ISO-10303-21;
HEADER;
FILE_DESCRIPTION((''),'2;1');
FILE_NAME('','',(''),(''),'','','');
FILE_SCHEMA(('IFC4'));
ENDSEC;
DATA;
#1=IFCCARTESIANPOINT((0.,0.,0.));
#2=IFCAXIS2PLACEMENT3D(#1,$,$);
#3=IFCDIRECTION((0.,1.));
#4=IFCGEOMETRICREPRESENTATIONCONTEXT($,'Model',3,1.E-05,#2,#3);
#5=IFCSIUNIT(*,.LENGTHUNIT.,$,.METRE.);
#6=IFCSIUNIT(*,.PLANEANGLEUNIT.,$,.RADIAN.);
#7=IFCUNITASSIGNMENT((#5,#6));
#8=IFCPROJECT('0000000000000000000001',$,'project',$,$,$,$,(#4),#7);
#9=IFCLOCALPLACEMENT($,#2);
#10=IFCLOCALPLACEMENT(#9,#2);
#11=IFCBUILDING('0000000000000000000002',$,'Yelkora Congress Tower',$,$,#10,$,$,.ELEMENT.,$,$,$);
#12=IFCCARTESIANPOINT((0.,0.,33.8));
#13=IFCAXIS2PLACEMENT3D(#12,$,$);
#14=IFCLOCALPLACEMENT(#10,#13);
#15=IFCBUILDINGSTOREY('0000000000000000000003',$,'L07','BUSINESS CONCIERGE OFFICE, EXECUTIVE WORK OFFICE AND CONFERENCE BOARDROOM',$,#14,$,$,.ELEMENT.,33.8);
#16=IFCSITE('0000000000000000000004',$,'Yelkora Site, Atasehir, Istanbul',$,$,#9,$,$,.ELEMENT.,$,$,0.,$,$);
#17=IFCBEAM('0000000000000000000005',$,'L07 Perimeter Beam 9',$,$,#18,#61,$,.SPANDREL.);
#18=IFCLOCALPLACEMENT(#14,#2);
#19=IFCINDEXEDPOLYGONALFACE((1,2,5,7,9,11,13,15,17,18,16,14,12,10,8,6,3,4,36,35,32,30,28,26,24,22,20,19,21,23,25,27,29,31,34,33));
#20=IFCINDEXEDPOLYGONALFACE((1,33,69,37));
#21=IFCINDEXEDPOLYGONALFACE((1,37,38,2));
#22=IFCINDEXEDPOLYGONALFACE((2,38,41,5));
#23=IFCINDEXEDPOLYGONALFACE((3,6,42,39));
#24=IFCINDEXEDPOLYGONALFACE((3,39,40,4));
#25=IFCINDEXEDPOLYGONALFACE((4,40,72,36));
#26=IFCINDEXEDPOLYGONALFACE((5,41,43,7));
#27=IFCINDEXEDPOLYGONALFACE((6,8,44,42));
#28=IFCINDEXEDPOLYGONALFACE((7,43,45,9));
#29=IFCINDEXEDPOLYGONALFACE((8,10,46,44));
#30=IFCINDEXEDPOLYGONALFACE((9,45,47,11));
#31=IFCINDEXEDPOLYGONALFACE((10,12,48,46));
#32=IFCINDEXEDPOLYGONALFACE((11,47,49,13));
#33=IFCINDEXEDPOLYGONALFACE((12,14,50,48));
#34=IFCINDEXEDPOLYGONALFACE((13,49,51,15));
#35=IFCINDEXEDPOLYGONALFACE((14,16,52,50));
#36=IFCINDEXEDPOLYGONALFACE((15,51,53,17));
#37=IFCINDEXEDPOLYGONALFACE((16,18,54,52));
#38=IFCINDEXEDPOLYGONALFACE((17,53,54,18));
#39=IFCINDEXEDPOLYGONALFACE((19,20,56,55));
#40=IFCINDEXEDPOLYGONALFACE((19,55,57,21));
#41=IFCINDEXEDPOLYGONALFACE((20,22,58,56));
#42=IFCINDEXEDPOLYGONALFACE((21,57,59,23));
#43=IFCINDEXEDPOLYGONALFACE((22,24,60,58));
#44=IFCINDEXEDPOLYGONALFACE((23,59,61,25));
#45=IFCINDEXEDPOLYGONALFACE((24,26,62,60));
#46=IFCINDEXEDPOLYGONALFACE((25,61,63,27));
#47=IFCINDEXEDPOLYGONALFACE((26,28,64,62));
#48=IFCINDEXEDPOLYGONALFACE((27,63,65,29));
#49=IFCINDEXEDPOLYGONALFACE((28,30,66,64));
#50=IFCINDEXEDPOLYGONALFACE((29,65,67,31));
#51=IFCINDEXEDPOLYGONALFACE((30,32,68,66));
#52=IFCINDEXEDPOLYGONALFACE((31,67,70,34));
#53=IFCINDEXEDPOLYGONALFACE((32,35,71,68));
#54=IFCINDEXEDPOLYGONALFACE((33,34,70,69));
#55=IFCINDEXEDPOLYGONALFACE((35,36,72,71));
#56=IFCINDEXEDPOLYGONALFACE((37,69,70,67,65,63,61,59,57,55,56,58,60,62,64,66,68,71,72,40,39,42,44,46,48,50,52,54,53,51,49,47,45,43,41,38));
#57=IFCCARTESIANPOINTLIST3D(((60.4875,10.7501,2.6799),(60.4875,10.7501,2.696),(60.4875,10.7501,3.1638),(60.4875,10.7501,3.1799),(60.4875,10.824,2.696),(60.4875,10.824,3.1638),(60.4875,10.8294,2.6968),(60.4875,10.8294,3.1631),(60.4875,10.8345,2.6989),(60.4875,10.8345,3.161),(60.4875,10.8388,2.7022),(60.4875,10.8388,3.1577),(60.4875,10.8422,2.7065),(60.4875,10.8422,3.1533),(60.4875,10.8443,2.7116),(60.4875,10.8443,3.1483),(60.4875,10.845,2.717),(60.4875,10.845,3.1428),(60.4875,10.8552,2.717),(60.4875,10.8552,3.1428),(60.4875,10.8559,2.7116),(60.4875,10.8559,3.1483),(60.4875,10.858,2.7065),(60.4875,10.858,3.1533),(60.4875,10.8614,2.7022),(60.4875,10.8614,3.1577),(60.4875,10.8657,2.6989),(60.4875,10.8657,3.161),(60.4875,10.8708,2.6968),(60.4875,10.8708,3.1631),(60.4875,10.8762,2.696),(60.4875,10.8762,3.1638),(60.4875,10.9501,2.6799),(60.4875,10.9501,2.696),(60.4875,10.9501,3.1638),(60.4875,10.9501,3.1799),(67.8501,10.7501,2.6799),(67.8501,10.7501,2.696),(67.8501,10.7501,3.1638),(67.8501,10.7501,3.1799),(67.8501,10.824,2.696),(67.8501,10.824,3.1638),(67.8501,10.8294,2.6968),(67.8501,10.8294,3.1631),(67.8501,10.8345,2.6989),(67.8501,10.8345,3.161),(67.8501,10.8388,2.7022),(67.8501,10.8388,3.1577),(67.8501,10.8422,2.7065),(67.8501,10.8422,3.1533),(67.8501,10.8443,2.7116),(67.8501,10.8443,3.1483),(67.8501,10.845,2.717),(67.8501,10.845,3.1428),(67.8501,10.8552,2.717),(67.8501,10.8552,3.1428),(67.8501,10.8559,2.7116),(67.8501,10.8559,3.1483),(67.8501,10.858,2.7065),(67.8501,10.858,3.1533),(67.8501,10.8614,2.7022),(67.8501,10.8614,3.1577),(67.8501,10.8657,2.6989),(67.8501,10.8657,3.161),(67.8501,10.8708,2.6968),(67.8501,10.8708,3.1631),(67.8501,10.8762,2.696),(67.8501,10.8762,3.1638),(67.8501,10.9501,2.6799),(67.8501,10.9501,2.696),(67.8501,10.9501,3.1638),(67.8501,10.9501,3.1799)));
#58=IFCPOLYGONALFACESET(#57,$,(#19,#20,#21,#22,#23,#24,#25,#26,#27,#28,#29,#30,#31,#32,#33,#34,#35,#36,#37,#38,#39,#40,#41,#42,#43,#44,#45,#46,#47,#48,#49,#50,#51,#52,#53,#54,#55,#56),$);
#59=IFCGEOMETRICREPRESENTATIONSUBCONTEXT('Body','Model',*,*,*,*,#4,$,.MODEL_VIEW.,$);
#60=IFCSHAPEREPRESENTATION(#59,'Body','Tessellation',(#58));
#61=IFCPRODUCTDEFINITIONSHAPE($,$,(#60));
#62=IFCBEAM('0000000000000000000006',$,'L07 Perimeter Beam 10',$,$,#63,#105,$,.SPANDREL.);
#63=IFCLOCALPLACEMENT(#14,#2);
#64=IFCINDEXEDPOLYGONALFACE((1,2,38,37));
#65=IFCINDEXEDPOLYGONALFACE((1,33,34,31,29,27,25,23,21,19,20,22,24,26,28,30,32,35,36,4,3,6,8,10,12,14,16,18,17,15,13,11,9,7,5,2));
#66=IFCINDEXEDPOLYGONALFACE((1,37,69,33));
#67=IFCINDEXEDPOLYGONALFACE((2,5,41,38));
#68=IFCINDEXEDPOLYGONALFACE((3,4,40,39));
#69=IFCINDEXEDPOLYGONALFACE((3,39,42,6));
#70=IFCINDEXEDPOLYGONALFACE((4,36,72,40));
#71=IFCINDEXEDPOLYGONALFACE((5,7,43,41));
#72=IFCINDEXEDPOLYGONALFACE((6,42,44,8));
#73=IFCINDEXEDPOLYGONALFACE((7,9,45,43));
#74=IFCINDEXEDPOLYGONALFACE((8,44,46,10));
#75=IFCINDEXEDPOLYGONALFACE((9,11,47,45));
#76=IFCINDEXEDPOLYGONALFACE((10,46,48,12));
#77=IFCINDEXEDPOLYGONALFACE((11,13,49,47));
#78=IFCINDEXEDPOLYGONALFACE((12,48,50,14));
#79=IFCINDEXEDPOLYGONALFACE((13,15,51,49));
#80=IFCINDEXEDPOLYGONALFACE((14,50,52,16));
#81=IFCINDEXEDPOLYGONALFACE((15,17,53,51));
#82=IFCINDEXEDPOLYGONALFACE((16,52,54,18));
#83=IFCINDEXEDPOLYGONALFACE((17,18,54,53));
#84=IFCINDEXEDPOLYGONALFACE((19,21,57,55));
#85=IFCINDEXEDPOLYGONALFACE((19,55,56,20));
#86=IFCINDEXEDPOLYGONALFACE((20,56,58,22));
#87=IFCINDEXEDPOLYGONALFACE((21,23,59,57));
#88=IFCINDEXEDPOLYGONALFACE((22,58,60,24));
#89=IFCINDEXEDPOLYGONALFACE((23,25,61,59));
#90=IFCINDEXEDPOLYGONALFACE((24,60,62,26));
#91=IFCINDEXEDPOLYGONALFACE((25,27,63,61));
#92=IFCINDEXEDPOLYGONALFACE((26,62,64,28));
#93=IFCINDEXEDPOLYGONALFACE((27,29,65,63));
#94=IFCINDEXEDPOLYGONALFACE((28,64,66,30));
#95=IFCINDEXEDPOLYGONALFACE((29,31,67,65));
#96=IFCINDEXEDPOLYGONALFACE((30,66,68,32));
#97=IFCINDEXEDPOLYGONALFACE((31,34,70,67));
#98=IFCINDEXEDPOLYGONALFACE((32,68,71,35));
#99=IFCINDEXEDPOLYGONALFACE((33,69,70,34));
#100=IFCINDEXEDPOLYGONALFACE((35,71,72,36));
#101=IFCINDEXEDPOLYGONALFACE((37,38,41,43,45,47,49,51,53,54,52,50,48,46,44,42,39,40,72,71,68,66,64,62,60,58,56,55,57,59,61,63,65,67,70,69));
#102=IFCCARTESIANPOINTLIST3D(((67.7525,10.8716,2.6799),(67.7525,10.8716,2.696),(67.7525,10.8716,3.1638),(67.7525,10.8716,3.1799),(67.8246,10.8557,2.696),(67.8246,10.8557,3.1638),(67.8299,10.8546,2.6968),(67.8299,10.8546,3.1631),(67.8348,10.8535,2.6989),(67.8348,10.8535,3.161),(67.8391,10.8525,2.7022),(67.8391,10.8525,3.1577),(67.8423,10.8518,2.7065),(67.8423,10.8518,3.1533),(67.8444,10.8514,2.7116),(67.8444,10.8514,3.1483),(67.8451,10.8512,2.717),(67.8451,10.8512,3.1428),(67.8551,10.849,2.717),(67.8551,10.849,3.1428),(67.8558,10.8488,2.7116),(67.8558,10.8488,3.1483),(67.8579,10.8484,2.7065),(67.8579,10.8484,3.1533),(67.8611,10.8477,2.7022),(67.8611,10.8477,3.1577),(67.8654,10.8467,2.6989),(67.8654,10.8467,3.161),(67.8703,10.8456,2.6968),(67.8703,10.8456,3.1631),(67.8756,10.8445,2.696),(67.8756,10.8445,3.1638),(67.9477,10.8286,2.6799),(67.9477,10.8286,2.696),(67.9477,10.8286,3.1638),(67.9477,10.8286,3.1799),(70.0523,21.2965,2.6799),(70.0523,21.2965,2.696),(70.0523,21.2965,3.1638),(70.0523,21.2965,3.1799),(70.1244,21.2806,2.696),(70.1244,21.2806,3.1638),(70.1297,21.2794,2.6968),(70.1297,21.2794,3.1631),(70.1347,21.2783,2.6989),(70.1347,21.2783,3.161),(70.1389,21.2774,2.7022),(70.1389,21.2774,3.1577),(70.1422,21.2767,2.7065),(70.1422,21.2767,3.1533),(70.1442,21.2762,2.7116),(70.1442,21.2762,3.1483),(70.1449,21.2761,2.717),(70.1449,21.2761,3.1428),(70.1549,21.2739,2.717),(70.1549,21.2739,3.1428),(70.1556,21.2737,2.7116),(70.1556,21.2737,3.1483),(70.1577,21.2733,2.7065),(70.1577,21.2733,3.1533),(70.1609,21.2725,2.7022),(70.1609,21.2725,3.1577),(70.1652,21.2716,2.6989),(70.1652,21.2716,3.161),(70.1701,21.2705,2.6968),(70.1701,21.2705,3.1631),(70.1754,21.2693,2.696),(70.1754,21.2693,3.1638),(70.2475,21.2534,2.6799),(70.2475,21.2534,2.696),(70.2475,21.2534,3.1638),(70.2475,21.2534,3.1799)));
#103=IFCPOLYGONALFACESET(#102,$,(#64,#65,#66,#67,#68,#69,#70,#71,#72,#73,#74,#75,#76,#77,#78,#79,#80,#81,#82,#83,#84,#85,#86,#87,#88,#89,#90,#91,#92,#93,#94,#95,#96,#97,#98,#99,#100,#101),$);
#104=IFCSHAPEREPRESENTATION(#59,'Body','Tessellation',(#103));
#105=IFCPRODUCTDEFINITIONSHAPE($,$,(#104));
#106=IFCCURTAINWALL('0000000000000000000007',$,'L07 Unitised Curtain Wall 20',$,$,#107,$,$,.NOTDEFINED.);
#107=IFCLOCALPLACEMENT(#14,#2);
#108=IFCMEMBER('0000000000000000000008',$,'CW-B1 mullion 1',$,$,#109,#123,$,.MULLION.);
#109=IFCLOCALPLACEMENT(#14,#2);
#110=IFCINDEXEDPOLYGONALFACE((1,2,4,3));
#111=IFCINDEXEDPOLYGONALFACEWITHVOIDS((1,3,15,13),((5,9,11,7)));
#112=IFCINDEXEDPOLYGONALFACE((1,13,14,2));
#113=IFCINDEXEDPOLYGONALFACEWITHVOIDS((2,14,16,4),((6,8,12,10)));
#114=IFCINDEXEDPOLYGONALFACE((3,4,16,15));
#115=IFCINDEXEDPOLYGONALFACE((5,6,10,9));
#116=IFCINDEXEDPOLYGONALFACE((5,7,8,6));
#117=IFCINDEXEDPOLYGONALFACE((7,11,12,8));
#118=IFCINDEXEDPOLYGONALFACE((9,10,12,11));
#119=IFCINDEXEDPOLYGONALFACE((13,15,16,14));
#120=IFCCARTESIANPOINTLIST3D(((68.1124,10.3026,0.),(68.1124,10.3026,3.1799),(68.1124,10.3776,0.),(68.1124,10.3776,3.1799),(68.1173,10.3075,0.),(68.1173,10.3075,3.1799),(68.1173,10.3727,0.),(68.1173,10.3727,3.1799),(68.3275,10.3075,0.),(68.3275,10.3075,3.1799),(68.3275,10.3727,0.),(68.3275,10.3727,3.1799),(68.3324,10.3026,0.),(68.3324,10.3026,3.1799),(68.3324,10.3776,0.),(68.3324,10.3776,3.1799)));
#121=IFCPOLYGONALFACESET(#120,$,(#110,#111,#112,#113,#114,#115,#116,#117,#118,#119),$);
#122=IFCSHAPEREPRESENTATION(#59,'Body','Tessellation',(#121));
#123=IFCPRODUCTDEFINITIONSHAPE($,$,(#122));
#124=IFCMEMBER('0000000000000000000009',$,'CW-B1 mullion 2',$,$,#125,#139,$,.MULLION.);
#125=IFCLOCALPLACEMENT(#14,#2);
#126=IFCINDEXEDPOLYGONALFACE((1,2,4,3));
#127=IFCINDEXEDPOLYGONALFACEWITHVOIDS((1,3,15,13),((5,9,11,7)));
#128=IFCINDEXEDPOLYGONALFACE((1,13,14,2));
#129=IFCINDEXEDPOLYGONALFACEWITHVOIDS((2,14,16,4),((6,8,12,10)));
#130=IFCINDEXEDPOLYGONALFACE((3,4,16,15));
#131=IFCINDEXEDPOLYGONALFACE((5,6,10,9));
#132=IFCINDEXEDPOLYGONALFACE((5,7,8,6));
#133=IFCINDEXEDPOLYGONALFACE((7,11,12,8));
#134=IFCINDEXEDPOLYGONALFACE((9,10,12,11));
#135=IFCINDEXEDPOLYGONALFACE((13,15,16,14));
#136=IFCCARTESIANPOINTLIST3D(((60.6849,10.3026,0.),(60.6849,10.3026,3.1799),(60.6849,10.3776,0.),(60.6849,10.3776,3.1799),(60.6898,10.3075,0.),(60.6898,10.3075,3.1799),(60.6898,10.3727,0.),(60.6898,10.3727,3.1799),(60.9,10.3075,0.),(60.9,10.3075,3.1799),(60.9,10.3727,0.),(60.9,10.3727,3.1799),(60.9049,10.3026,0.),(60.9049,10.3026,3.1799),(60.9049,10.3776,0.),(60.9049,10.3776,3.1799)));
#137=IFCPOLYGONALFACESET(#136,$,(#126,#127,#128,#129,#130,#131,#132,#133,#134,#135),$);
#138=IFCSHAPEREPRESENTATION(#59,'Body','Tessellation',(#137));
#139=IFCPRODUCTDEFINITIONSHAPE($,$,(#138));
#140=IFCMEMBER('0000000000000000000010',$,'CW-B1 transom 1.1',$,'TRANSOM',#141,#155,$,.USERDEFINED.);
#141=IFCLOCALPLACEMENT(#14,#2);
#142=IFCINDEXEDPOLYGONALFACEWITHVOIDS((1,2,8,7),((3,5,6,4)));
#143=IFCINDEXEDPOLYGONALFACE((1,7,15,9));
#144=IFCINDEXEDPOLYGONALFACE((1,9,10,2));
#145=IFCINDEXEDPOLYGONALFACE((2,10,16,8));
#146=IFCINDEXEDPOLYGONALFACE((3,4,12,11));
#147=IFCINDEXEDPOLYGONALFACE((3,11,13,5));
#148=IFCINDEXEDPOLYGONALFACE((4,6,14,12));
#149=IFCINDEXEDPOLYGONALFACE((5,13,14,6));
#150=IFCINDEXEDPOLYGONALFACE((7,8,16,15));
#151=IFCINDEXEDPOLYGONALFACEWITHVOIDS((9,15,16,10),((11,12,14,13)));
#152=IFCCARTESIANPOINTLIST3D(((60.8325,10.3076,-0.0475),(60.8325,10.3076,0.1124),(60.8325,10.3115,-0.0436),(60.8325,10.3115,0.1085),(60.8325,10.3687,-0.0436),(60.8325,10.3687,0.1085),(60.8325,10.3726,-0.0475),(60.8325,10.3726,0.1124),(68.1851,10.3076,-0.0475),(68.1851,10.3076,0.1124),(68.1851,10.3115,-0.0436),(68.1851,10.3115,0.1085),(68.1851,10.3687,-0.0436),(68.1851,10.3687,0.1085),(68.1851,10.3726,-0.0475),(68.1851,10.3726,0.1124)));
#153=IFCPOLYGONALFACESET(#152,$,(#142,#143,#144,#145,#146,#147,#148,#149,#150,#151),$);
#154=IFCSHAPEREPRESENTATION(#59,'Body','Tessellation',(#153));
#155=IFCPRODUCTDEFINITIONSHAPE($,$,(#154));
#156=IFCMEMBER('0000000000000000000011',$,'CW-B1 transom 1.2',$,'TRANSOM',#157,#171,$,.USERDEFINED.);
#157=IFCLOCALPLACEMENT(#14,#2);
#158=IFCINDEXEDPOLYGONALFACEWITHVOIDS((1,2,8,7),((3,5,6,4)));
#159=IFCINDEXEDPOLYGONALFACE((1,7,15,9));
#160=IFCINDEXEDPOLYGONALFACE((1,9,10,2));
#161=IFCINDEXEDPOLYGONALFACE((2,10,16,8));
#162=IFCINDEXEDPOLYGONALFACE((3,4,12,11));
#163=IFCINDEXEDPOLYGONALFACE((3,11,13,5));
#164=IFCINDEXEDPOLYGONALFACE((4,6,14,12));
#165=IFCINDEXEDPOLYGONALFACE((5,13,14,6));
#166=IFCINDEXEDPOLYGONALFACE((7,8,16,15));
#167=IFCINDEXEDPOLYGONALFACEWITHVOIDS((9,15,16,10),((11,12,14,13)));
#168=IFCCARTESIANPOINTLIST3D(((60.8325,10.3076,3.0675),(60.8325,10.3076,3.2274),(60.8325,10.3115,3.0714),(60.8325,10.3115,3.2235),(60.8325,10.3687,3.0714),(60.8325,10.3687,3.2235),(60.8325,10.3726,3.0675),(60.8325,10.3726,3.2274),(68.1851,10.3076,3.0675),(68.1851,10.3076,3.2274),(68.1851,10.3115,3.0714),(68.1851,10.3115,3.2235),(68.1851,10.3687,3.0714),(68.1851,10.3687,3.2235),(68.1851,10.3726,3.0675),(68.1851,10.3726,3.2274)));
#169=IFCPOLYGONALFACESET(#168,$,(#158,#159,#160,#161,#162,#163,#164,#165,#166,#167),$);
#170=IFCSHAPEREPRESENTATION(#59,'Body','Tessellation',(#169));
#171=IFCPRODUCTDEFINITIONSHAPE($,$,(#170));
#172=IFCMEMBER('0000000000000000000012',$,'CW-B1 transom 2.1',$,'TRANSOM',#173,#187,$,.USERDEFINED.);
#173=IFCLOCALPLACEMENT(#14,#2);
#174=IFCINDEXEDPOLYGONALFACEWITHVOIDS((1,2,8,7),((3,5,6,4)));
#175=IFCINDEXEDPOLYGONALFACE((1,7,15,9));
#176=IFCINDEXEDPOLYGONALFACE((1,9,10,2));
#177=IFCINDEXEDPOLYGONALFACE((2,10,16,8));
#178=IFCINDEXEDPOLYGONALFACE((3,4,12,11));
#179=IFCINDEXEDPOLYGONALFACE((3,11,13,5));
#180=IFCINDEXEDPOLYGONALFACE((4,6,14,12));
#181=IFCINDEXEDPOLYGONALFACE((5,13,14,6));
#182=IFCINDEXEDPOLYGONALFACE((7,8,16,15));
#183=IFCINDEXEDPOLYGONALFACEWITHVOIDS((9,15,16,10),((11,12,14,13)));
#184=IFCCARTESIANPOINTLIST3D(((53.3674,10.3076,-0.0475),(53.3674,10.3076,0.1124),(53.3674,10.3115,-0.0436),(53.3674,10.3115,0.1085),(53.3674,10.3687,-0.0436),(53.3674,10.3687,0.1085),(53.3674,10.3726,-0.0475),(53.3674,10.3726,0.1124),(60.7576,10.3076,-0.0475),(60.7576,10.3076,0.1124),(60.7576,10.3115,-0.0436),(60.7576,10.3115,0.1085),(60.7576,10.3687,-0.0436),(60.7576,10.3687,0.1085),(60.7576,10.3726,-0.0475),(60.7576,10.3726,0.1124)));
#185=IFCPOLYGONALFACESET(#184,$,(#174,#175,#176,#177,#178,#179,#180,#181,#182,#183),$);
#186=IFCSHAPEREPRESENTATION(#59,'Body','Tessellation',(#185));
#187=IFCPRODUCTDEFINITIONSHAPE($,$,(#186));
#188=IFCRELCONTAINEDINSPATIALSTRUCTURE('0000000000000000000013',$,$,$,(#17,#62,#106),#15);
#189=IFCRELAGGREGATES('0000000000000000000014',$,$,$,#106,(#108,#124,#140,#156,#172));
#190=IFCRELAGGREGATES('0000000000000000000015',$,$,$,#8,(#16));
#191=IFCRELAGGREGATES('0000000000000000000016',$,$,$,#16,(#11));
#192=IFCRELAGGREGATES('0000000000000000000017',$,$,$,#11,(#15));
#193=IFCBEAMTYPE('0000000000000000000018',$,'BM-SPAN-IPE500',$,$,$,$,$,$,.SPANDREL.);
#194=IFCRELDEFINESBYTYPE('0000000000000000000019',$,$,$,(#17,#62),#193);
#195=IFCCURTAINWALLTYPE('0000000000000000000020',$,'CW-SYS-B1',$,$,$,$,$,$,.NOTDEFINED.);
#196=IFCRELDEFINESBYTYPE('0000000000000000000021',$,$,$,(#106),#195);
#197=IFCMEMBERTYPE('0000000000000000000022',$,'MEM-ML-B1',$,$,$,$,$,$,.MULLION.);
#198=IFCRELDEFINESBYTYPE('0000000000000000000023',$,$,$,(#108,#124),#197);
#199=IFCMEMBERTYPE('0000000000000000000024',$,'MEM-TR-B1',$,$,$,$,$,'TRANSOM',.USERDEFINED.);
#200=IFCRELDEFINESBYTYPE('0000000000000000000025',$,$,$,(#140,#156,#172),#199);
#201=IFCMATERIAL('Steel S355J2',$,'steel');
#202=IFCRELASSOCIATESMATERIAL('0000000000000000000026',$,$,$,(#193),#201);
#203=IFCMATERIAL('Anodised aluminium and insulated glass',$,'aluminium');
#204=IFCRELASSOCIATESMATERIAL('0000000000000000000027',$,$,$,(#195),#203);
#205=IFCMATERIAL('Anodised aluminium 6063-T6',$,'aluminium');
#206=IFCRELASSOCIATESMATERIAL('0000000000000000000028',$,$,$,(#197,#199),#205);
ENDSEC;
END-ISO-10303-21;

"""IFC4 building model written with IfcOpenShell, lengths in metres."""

from ifc_helpers import new_model, si_unit, direction, frame, origin, origin_2d, place, context, subcontext, project, spatial, hollow_rectangle, i_section, extrude, material, material_profile, profile_set, type_object, element, aggregate, save


model = new_model("IFC4")

# Units and contexts
model_context = context("Model", 3, precision=1e-05, world=origin(), true_north=direction((0.0, 1.0)))
body_context = subcontext(model_context, "Body", "Model", "MODEL_VIEW")
ifc_project = project(units=[si_unit("LENGTHUNIT", "METRE"), si_unit("PLANEANGLEUNIT", "RADIAN")], contexts=[model_context])

# Site, building, storey
site_placement = place(None, origin())
site = spatial("IfcSite", under=ifc_project, at=site_placement, Name="Yelkora Site, Atasehir, Istanbul", CompositionType="ELEMENT", RefElevation=0.0)
building_placement = place(site_placement, origin())
building = spatial("IfcBuilding", under=site, at=building_placement, Name="Yelkora Congress Tower", CompositionType="ELEMENT")
storey_placement = place(building_placement, frame((0.0, 0.0, 33.8)))
storey = spatial("IfcBuildingStorey", under=building, at=storey_placement, Name="L07", Description="BUSINESS CONCIERGE OFFICE, EXECUTIVE WORK OFFICE AND CONFERENCE BOARDROOM", CompositionType="ELEMENT", Elevation=33.8)

# Beams
ifc_material_1 = material(Name="Steel S355J2", Category="steel")
ifc_material_profile_1 = material_profile(ifc_material_1, i_section(OverallWidth=0.2, OverallDepth=0.5, WebThickness=0.0103, FlangeThickness=0.0161, FilletRadius=0.021, at=origin_2d()), Name="IPE 500")
ifc_profile_set_1 = profile_set([ifc_material_profile_1], Name="Steel S355J2")
beam_type_1 = type_object("IfcBeamType", Name="BM-SPAN-IPE500", PredefinedType="SPANDREL", material=ifc_profile_set_1)
beam_1_placement = place(storey_placement, frame((60.4875, 10.8501, 2.9299), z_axis=(1.0, 0.0, 0.0), x_axis=(0.0, 1.0, 0.0)))
element("IfcBeam", 1, at=beam_1_placement, inside=storey, type_object=beam_type_1, Name="L07 Perimeter Beam 9", PredefinedType="SPANDREL", context=body_context, shape_type="SweptSolid", body=[
    extrude(i_section(OverallWidth=0.2, OverallDepth=0.5, WebThickness=0.0103, FlangeThickness=0.0161, FilletRadius=0.021, at=origin_2d()), origin(), (0.0, 0.0, 1.0), 7.3625),
])
beam_2_placement = place(storey_placement, frame((67.8501, 10.8501, 2.9299), z_axis=(0.215429, 0.97652, 0.0), x_axis=(-0.97652, 0.215429, 0.0)))
element("IfcBeam", 2, at=beam_2_placement, inside=storey, type_object=beam_type_1, Name="L07 Perimeter Beam 10", PredefinedType="SPANDREL", context=body_context, shape_type="SweptSolid", body=[
    extrude(i_section(OverallWidth=0.2, OverallDepth=0.5, WebThickness=0.0103, FlangeThickness=0.0161, FilletRadius=0.021, at=origin_2d()), origin(), (0.0, 0.0, 1.0), 10.6755),
])

# Curtain wall, members
ifc_material_2 = material(Name="Anodised aluminium and insulated glass", Category="aluminium")
curtain_wall_type = type_object("IfcCurtainWallType", Name="CW-SYS-B1", PredefinedType="NOTDEFINED", material=ifc_material_2)
curtain_wall_placement = place(storey_placement, origin())
curtain_wall = element("IfcCurtainWall", 3, at=curtain_wall_placement, inside=storey, type_object=curtain_wall_type, Name="L07 Unitised Curtain Wall 20", PredefinedType="NOTDEFINED")
ifc_material_3 = material(Name="Anodised aluminium 6063-T6", Category="aluminium")
ifc_material_profile_2 = material_profile(ifc_material_3, hollow_rectangle(XDim=0.075, YDim=0.22, WallThickness=0.0049, at=origin_2d()), Name="ALU 75x220x5")
ifc_profile_set_2 = profile_set([ifc_material_profile_2], Name="Anodised aluminium 6063-T6")
member_type_1 = type_object("IfcMemberType", Name="MEM-ML-B1", PredefinedType="MULLION", material=ifc_profile_set_2)
member_1_placement = place(storey_placement, frame((68.2224, 10.3401, 0.0), z_axis=(0.0, 0.0, 1.0), x_axis=(0.0, -1.0, 0.0)))
member_1 = element("IfcMember", 4, at=member_1_placement, type_object=member_type_1, Name="CW-B1 mullion 1", PredefinedType="MULLION", context=body_context, shape_type="SweptSolid", body=[
    extrude(hollow_rectangle(XDim=0.075, YDim=0.22, WallThickness=0.0049, at=origin_2d()), origin(), (0.0, 0.0, 1.0), 3.1799),
])
member_2_placement = place(storey_placement, frame((60.7949, 10.3401, 0.0), z_axis=(0.0, 0.0, 1.0), x_axis=(0.0, -1.0, 0.0)))
member_2 = element("IfcMember", 5, at=member_2_placement, type_object=member_type_1, Name="CW-B1 mullion 2", PredefinedType="MULLION", context=body_context, shape_type="SweptSolid", body=[
    extrude(hollow_rectangle(XDim=0.075, YDim=0.22, WallThickness=0.0049, at=origin_2d()), origin(), (0.0, 0.0, 1.0), 3.1799),
])
ifc_material_profile_3 = material_profile(ifc_material_3, hollow_rectangle(XDim=0.0649, YDim=0.1599, WallThickness=0.0039, at=origin_2d()), Name="ALU 65x160x4")
ifc_profile_set_3 = profile_set([ifc_material_profile_3], Name="Anodised aluminium 6063-T6")
member_type_2 = type_object("IfcMemberType", Name="MEM-TR-B1", ElementType="TRANSOM", PredefinedType="USERDEFINED", material=ifc_profile_set_3)
member_3_placement = place(storey_placement, frame((68.1851, 10.3401, 0.0325), z_axis=(-1.0, 0.0, 0.0), x_axis=(0.0, -1.0, 0.0)))
member_3 = element("IfcMember", 6, at=member_3_placement, type_object=member_type_2, Name="CW-B1 transom 1.1", ObjectType="TRANSOM", PredefinedType="USERDEFINED", context=body_context, shape_type="SweptSolid", body=[
    extrude(hollow_rectangle(XDim=0.0649, YDim=0.1599, WallThickness=0.0039, at=origin_2d()), origin(), (0.0, 0.0, 1.0), 7.3525),
])
member_4_placement = place(storey_placement, frame((68.1851, 10.3401, 3.1475), z_axis=(-1.0, 0.0, 0.0), x_axis=(0.0, -1.0, 0.0)))
member_4 = element("IfcMember", 7, at=member_4_placement, type_object=member_type_2, Name="CW-B1 transom 1.2", ObjectType="TRANSOM", PredefinedType="USERDEFINED", context=body_context, shape_type="SweptSolid", body=[
    extrude(hollow_rectangle(XDim=0.0649, YDim=0.1599, WallThickness=0.0039, at=origin_2d()), origin(), (0.0, 0.0, 1.0), 7.3525),
])
member_5_placement = place(storey_placement, frame((60.7576, 10.3401, 0.0325), z_axis=(-1.0, 0.0, 0.0), x_axis=(0.0, -1.0, 0.0)))
member_5 = element("IfcMember", 8, at=member_5_placement, type_object=member_type_2, Name="CW-B1 transom 2.1", ObjectType="TRANSOM", PredefinedType="USERDEFINED", context=body_context, shape_type="SweptSolid", body=[
    extrude(hollow_rectangle(XDim=0.0649, YDim=0.1599, WallThickness=0.0039, at=origin_2d()), origin(), (0.0, 0.0, 1.0), 7.3901),
])
aggregate(curtain_wall, [member_1, member_2, member_3, member_4, member_5])

save(model, "model.ifc")
